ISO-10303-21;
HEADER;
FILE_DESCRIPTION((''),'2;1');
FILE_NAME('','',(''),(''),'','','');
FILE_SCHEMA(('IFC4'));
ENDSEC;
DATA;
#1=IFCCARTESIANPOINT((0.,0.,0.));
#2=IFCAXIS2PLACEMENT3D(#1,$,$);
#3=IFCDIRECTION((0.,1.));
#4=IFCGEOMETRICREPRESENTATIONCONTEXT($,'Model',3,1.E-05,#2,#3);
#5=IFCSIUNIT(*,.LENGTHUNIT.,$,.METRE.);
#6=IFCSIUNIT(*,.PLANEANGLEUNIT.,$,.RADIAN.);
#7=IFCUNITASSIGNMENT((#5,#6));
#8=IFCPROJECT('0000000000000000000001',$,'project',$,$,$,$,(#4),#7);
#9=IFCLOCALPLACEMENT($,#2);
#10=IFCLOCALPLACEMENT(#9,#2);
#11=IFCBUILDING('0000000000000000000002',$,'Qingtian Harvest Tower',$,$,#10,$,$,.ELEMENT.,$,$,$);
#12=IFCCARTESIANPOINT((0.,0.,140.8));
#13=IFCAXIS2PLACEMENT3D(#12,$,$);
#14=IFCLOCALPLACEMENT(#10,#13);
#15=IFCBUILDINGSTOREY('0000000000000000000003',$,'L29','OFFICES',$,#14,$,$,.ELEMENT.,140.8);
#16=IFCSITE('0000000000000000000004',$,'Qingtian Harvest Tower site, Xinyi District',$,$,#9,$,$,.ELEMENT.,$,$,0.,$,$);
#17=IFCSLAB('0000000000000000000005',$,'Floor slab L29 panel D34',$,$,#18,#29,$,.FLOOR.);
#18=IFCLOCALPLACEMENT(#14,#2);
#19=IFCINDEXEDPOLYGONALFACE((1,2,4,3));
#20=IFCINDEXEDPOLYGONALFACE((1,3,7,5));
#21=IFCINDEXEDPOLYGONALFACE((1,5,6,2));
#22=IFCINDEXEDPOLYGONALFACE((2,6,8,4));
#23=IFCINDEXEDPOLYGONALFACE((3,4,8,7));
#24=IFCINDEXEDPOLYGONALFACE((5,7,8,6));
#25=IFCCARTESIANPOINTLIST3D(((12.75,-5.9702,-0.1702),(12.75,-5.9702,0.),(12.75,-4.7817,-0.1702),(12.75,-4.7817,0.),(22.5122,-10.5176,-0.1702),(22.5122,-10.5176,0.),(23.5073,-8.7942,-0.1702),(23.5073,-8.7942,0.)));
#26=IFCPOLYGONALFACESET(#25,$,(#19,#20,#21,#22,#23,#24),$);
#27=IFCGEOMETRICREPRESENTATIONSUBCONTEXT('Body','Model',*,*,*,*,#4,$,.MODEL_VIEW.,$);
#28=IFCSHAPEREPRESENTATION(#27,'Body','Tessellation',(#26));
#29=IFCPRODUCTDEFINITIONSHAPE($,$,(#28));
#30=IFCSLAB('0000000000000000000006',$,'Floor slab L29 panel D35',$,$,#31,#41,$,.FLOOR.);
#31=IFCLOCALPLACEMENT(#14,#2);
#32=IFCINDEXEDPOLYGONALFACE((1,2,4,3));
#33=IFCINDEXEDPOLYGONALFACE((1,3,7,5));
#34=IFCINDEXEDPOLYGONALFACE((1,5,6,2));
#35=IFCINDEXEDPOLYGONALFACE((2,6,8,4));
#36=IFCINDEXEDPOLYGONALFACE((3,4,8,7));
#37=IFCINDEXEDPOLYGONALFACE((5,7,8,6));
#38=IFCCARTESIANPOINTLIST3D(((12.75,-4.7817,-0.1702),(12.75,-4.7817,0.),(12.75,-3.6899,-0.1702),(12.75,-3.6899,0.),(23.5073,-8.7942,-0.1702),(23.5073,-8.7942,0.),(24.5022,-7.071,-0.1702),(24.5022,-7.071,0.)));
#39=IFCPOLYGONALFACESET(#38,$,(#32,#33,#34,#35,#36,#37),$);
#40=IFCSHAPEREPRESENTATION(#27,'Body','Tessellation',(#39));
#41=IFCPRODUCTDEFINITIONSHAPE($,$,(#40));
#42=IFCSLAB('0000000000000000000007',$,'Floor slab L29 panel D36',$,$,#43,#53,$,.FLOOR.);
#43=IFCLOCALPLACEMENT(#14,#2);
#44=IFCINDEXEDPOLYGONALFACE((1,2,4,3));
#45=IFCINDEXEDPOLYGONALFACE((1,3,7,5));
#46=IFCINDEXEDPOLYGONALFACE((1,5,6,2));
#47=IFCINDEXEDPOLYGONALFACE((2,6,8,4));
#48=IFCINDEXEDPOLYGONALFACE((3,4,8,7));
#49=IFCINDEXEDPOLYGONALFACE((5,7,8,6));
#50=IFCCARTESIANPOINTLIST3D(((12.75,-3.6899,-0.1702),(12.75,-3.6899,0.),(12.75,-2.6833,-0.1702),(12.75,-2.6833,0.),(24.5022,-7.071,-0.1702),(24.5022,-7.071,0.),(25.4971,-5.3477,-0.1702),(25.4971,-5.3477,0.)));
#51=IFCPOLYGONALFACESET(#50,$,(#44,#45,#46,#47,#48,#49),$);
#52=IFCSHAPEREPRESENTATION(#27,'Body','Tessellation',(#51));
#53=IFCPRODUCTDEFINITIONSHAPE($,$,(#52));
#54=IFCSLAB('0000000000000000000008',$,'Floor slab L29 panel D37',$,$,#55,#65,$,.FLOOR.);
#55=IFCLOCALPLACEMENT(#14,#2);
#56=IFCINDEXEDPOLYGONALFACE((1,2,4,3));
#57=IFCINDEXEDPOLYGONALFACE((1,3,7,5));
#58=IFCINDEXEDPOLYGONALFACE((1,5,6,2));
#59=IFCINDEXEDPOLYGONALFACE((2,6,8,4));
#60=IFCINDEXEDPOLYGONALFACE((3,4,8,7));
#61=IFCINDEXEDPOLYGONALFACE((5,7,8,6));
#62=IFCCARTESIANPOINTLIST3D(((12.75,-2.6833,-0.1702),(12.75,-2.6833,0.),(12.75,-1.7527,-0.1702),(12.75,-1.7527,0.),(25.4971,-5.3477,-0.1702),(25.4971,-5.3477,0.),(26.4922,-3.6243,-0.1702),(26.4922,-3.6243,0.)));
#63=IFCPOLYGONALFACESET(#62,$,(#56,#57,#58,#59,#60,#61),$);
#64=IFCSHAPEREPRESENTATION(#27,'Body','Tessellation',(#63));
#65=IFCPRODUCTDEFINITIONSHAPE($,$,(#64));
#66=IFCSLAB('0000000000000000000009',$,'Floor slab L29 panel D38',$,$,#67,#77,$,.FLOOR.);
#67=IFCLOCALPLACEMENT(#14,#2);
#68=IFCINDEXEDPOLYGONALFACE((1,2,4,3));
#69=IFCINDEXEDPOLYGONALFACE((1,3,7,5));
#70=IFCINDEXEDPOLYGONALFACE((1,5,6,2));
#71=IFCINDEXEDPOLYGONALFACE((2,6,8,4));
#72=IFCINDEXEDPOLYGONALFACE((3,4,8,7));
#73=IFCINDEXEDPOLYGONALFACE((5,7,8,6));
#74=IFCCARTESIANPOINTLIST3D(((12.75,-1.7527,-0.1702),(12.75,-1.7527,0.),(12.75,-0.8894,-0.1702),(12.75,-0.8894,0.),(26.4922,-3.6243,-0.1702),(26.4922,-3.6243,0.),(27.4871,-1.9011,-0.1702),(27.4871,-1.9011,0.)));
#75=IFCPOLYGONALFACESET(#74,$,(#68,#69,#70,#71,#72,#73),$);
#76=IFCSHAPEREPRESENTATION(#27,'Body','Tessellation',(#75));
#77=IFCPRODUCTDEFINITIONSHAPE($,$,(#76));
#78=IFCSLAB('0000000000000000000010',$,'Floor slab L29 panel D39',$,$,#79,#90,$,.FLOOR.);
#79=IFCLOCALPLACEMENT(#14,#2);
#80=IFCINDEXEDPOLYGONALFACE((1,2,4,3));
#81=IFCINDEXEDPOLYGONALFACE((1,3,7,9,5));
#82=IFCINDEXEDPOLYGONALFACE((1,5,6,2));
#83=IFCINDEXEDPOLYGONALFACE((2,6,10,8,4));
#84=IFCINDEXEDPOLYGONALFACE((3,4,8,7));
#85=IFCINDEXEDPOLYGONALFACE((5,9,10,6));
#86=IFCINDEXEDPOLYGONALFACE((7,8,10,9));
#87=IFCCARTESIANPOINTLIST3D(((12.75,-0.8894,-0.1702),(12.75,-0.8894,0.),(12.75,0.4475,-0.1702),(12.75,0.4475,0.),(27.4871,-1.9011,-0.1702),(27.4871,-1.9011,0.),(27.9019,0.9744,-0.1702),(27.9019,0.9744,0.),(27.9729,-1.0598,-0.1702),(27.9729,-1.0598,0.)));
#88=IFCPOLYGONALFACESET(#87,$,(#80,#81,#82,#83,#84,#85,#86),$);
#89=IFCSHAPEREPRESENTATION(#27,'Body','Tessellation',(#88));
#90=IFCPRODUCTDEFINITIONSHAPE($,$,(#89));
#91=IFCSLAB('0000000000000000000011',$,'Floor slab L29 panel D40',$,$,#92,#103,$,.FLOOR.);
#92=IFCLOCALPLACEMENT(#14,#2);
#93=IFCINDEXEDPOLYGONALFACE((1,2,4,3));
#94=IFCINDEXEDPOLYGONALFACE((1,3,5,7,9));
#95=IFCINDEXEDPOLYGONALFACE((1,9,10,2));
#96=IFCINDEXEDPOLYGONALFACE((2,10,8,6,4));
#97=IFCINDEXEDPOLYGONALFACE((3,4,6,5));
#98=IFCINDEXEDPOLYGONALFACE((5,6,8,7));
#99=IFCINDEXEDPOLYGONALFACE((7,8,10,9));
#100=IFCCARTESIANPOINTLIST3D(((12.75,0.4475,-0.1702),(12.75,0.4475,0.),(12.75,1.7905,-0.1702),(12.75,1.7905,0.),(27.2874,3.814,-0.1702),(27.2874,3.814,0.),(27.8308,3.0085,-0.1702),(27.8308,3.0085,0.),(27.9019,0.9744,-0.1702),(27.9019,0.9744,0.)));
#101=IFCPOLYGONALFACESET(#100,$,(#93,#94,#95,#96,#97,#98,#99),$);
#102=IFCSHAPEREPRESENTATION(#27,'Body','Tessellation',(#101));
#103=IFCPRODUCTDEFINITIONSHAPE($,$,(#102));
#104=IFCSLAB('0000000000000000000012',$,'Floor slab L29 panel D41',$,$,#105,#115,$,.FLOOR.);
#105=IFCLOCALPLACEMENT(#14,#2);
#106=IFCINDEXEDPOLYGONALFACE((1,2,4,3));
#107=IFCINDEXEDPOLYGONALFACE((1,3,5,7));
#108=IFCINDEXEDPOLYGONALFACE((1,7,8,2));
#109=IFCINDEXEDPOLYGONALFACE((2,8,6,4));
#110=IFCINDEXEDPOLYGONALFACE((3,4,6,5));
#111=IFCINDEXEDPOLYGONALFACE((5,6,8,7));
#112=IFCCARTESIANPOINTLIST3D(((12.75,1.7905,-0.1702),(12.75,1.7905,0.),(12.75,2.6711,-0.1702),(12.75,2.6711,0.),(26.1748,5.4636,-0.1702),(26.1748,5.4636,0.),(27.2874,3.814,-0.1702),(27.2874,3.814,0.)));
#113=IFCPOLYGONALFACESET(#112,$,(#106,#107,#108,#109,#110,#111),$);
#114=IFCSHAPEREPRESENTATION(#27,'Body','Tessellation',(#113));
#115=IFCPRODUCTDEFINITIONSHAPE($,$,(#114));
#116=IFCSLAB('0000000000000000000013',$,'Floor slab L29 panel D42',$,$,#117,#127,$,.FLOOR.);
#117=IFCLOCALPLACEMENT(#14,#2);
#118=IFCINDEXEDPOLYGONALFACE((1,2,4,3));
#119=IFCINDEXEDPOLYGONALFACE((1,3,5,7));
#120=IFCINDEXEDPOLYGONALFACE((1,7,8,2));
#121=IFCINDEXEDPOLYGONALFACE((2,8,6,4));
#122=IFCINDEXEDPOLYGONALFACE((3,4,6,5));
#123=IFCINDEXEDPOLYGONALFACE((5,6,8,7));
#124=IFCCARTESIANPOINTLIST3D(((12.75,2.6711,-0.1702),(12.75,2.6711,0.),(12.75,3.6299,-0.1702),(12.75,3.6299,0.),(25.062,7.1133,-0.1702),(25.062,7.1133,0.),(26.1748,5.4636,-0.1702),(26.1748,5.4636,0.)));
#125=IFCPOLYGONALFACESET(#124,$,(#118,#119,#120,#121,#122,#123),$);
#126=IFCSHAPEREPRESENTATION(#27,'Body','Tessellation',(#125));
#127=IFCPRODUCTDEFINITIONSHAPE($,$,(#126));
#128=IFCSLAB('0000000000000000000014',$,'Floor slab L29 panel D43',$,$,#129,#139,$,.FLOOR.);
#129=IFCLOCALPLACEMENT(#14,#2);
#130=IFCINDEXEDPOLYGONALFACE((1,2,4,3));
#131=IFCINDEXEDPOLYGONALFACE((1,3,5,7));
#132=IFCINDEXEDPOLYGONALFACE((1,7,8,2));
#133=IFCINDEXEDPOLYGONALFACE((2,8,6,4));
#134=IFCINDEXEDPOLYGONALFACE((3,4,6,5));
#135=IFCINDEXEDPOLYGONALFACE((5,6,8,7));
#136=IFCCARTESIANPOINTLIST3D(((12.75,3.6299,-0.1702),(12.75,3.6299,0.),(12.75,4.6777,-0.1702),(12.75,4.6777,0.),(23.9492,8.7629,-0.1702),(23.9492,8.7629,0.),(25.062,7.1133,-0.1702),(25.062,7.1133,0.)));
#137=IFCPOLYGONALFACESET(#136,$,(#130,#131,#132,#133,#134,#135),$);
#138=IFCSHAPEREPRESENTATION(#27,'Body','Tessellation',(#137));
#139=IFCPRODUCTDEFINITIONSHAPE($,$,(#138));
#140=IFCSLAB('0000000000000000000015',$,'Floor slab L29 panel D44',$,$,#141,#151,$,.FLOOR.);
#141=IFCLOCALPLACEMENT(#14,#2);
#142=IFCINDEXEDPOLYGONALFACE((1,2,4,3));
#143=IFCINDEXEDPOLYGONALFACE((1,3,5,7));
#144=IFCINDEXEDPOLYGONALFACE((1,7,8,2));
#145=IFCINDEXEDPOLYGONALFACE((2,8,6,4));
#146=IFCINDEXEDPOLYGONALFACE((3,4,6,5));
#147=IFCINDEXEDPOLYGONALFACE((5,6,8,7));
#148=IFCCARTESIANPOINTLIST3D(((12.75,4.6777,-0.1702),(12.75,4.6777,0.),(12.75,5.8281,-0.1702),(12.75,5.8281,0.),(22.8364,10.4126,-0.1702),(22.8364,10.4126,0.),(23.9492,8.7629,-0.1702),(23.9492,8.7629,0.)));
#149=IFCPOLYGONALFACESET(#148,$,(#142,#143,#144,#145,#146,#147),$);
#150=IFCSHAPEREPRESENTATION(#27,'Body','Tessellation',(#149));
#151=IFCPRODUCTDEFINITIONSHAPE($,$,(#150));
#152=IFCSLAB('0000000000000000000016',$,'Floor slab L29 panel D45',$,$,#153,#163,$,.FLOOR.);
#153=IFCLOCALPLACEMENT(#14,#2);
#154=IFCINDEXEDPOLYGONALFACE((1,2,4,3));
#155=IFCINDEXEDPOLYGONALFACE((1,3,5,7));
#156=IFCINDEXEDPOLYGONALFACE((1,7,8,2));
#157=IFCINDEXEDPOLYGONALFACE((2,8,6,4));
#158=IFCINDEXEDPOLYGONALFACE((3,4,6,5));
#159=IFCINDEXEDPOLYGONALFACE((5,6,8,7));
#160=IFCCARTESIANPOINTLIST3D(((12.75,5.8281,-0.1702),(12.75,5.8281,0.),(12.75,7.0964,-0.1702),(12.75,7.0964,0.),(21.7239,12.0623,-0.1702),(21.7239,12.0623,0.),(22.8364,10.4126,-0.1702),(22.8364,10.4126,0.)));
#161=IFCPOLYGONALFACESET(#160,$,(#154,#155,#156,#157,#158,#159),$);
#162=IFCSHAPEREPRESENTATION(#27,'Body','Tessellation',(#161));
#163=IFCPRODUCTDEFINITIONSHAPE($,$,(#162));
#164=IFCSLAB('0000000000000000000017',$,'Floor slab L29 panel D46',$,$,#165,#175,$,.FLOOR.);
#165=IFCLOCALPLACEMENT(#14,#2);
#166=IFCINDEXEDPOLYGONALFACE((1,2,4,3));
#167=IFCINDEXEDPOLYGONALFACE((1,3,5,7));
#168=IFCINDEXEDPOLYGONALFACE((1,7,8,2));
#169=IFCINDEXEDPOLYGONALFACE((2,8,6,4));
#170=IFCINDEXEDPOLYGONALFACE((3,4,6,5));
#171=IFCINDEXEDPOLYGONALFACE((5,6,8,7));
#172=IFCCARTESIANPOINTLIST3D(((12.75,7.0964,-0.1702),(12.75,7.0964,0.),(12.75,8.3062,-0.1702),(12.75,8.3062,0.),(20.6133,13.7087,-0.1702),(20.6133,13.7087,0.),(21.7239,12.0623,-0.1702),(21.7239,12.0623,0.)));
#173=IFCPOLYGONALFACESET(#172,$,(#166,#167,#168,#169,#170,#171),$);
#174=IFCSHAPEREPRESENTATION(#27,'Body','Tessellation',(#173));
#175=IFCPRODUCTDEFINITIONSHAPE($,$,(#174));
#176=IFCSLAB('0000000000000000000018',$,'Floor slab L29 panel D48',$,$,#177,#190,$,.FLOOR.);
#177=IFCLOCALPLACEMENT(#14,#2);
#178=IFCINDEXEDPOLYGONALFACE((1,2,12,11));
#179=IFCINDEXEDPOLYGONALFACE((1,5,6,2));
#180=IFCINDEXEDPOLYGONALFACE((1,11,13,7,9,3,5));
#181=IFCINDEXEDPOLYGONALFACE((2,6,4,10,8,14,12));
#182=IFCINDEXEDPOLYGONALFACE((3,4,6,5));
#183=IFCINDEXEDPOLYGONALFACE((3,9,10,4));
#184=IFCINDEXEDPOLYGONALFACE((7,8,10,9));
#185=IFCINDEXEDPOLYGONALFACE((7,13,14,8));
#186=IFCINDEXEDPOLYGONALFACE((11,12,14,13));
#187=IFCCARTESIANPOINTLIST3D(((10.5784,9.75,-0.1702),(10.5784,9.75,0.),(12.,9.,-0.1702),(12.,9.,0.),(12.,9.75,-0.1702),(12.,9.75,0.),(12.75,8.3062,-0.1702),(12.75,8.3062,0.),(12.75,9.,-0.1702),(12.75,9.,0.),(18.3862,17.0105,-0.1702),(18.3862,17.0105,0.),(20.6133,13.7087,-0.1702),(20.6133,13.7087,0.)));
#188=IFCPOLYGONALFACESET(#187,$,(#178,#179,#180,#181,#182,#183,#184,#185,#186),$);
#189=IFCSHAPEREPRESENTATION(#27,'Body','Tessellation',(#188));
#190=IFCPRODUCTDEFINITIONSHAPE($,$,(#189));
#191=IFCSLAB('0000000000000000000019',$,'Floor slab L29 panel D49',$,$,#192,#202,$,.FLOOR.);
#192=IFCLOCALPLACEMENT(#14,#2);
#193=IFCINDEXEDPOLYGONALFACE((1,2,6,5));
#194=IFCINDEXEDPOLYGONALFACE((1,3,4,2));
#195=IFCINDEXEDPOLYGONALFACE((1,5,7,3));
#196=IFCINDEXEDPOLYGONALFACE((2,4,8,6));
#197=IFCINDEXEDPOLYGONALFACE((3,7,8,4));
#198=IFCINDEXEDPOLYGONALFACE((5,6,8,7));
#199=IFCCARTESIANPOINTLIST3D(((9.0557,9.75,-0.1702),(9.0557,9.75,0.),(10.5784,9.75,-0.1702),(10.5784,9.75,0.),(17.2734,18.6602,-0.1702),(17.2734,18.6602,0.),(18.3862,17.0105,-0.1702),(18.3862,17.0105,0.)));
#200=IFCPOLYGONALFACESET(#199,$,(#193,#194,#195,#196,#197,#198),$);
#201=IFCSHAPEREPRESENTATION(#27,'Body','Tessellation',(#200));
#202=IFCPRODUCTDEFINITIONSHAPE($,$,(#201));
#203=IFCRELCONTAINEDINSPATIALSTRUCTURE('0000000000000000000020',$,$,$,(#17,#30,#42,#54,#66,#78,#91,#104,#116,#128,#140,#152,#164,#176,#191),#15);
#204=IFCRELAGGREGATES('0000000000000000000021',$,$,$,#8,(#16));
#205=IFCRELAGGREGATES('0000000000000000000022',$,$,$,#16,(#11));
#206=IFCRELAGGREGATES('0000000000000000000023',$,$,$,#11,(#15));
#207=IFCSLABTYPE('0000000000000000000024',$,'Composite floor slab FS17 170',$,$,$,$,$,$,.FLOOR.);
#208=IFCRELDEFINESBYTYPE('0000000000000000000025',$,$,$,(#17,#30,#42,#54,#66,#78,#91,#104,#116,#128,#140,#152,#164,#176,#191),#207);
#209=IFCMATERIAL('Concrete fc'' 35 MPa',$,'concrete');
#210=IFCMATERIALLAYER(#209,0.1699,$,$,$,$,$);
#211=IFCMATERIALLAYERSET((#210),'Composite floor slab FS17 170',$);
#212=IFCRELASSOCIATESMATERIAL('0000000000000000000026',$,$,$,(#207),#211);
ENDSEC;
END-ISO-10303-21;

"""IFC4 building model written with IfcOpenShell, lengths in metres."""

from ifc_helpers import new_model, si_unit, direction, frame, origin, place, context, subcontext, project, spatial, polyline, outline, extrude, material, layer, layer_set, type_object, element, save


model = new_model("IFC4")

# Units and contexts
model_context = context("Model", 3, precision=1e-05, world=origin(), true_north=direction((0.0, 1.0)))
body_context = subcontext(model_context, "Body", "Model", "MODEL_VIEW")
ifc_project = project(units=[si_unit("LENGTHUNIT", "METRE"), si_unit("PLANEANGLEUNIT", "RADIAN")], contexts=[model_context])

# Site, building, storey
site_placement = place(None, origin())
site = spatial("IfcSite", under=ifc_project, at=site_placement, Name="Qingtian Harvest Tower site, Xinyi District", CompositionType="ELEMENT", RefElevation=0.0)
building_placement = place(site_placement, origin())
building = spatial("IfcBuilding", under=site, at=building_placement, Name="Qingtian Harvest Tower", CompositionType="ELEMENT")
storey_placement = place(building_placement, frame((0.0, 0.0, 140.8)))
storey = spatial("IfcBuildingStorey", under=building, at=storey_placement, Name="L29", Description="OFFICES", CompositionType="ELEMENT", Elevation=140.8)

# Slabs
ifc_material_1 = material(Name="Concrete fc' 35 MPa", Category="concrete")
ifc_layer_1 = layer(ifc_material_1, 0.1699)
ifc_layer_set_1 = layer_set([ifc_layer_1], Name="Composite floor slab FS17 170")
slab_type = type_object("IfcSlabType", Name="Composite floor slab FS17 170", PredefinedType="FLOOR", material=ifc_layer_set_1)
slab_1_placement = place(storey_placement, frame((0.0, 0.0, -0.1702)))
element("IfcSlab", 1, at=slab_1_placement, inside=storey, type_object=slab_type, Name="Floor slab L29 panel D34", PredefinedType="FLOOR", context=body_context, shape_type="SweptSolid", body=[
    extrude(outline(polyline([(12.75, -4.7817), (23.5073, -8.7942), (22.5122, -10.5176), (12.75, -5.9702), (12.75, -4.7817)])), origin(), (0.0, 0.0, 1.0), 0.1702),
])
slab_2_placement = place(storey_placement, frame((0.0, 0.0, -0.1702)))
element("IfcSlab", 2, at=slab_2_placement, inside=storey, type_object=slab_type, Name="Floor slab L29 panel D35", PredefinedType="FLOOR", context=body_context, shape_type="SweptSolid", body=[
    extrude(outline(polyline([(12.75, -3.6899), (24.5022, -7.071), (23.5073, -8.7942), (12.75, -4.7817), (12.75, -3.6899)])), origin(), (0.0, 0.0, 1.0), 0.1702),
])
slab_3_placement = place(storey_placement, frame((0.0, 0.0, -0.1702)))
element("IfcSlab", 3, at=slab_3_placement, inside=storey, type_object=slab_type, Name="Floor slab L29 panel D36", PredefinedType="FLOOR", context=body_context, shape_type="SweptSolid", body=[
    extrude(outline(polyline([(12.75, -2.6833), (25.4971, -5.3477), (24.5022, -7.071), (12.75, -3.6899), (12.75, -2.6833)])), origin(), (0.0, 0.0, 1.0), 0.1702),
])
slab_4_placement = place(storey_placement, frame((0.0, 0.0, -0.1702)))
element("IfcSlab", 4, at=slab_4_placement, inside=storey, type_object=slab_type, Name="Floor slab L29 panel D37", PredefinedType="FLOOR", context=body_context, shape_type="SweptSolid", body=[
    extrude(outline(polyline([(12.75, -1.7527), (26.4922, -3.6243), (25.4971, -5.3477), (12.75, -2.6833), (12.75, -1.7527)])), origin(), (0.0, 0.0, 1.0), 0.1702),
])
slab_5_placement = place(storey_placement, frame((0.0, 0.0, -0.1702)))
element("IfcSlab", 5, at=slab_5_placement, inside=storey, type_object=slab_type, Name="Floor slab L29 panel D38", PredefinedType="FLOOR", context=body_context, shape_type="SweptSolid", body=[
    extrude(outline(polyline([(12.75, -0.8894), (27.4871, -1.9011), (26.4922, -3.6243), (12.75, -1.7527), (12.75, -0.8894)])), origin(), (0.0, 0.0, 1.0), 0.1702),
])
slab_6_placement = place(storey_placement, frame((0.0, 0.0, -0.1702)))
element("IfcSlab", 6, at=slab_6_placement, inside=storey, type_object=slab_type, Name="Floor slab L29 panel D39", PredefinedType="FLOOR", context=body_context, shape_type="SweptSolid", body=[
    extrude(outline(polyline([(12.75, -0.8894), (12.75, 0.4475), (27.9019, 0.9744), (27.9729, -1.0598), (27.4871, -1.9011), (12.75, -0.8894)])), origin(), (0.0, 0.0, 1.0), 0.1702),
])
slab_7_placement = place(storey_placement, frame((0.0, 0.0, -0.1702)))
element("IfcSlab", 7, at=slab_7_placement, inside=storey, type_object=slab_type, Name="Floor slab L29 panel D40", PredefinedType="FLOOR", context=body_context, shape_type="SweptSolid", body=[
    extrude(outline(polyline([(12.75, 0.4475), (12.75, 1.7905), (27.2874, 3.814), (27.8308, 3.0085), (27.9019, 0.9744), (12.75, 0.4475)])), origin(), (0.0, 0.0, 1.0), 0.1702),
])
slab_8_placement = place(storey_placement, frame((0.0, 0.0, -0.1702)))
element("IfcSlab", 8, at=slab_8_placement, inside=storey, type_object=slab_type, Name="Floor slab L29 panel D41", PredefinedType="FLOOR", context=body_context, shape_type="SweptSolid", body=[
    extrude(outline(polyline([(12.75, 2.6711), (26.1748, 5.4636), (27.2874, 3.814), (12.75, 1.7905), (12.75, 2.6711)])), origin(), (0.0, 0.0, 1.0), 0.1702),
])
slab_9_placement = place(storey_placement, frame((0.0, 0.0, -0.1702)))
element("IfcSlab", 9, at=slab_9_placement, inside=storey, type_object=slab_type, Name="Floor slab L29 panel D42", PredefinedType="FLOOR", context=body_context, shape_type="SweptSolid", body=[
    extrude(outline(polyline([(12.75, 3.6299), (25.062, 7.1133), (26.1748, 5.4636), (12.75, 2.6711), (12.75, 3.6299)])), origin(), (0.0, 0.0, 1.0), 0.1702),
])
slab_10_placement = place(storey_placement, frame((0.0, 0.0, -0.1702)))
element("IfcSlab", 10, at=slab_10_placement, inside=storey, type_object=slab_type, Name="Floor slab L29 panel D43", PredefinedType="FLOOR", context=body_context, shape_type="SweptSolid", body=[
    extrude(outline(polyline([(12.75, 4.6777), (23.9492, 8.7629), (25.062, 7.1133), (12.75, 3.6299), (12.75, 4.6777)])), origin(), (0.0, 0.0, 1.0), 0.1702),
])
slab_11_placement = place(storey_placement, frame((0.0, 0.0, -0.1702)))
element("IfcSlab", 11, at=slab_11_placement, inside=storey, type_object=slab_type, Name="Floor slab L29 panel D44", PredefinedType="FLOOR", context=body_context, shape_type="SweptSolid", body=[
    extrude(outline(polyline([(12.75, 5.8281), (22.8364, 10.4126), (23.9492, 8.7629), (12.75, 4.6777), (12.75, 5.8281)])), origin(), (0.0, 0.0, 1.0), 0.1702),
])
slab_12_placement = place(storey_placement, frame((0.0, 0.0, -0.1702)))
element("IfcSlab", 12, at=slab_12_placement, inside=storey, type_object=slab_type, Name="Floor slab L29 panel D45", PredefinedType="FLOOR", context=body_context, shape_type="SweptSolid", body=[
    extrude(outline(polyline([(12.75, 7.0964), (21.7239, 12.0623), (22.8364, 10.4126), (12.75, 5.8281), (12.75, 7.0964)])), origin(), (0.0, 0.0, 1.0), 0.1702),
])
slab_13_placement = place(storey_placement, frame((0.0, 0.0, -0.1702)))
element("IfcSlab", 13, at=slab_13_placement, inside=storey, type_object=slab_type, Name="Floor slab L29 panel D46", PredefinedType="FLOOR", context=body_context, shape_type="SweptSolid", body=[
    extrude(outline(polyline([(12.75, 8.3062), (20.6133, 13.7087), (21.7239, 12.0623), (12.75, 7.0964), (12.75, 8.3062)])), origin(), (0.0, 0.0, 1.0), 0.1702),
])
slab_14_placement = place(storey_placement, frame((0.0, 0.0, -0.1702)))
element("IfcSlab", 14, at=slab_14_placement, inside=storey, type_object=slab_type, Name="Floor slab L29 panel D48", PredefinedType="FLOOR", context=body_context, shape_type="SweptSolid", body=[
    extrude(outline(polyline([(18.3862, 17.0105), (20.6133, 13.7087), (12.75, 8.3062), (12.75, 9.0), (12.0, 9.0), (12.0, 9.75), (10.5784, 9.75), (18.3862, 17.0105)])), origin(), (0.0, 0.0, 1.0), 0.1702),
])
slab_15_placement = place(storey_placement, frame((0.0, 0.0, -0.1702)))
element("IfcSlab", 15, at=slab_15_placement, inside=storey, type_object=slab_type, Name="Floor slab L29 panel D49", PredefinedType="FLOOR", context=body_context, shape_type="SweptSolid", body=[
    extrude(outline(polyline([(9.0557, 9.75), (17.2734, 18.6602), (18.3862, 17.0105), (10.5784, 9.75), (9.0557, 9.75)])), origin(), (0.0, 0.0, 1.0), 0.1702),
])

save(model, "model.ifc")
